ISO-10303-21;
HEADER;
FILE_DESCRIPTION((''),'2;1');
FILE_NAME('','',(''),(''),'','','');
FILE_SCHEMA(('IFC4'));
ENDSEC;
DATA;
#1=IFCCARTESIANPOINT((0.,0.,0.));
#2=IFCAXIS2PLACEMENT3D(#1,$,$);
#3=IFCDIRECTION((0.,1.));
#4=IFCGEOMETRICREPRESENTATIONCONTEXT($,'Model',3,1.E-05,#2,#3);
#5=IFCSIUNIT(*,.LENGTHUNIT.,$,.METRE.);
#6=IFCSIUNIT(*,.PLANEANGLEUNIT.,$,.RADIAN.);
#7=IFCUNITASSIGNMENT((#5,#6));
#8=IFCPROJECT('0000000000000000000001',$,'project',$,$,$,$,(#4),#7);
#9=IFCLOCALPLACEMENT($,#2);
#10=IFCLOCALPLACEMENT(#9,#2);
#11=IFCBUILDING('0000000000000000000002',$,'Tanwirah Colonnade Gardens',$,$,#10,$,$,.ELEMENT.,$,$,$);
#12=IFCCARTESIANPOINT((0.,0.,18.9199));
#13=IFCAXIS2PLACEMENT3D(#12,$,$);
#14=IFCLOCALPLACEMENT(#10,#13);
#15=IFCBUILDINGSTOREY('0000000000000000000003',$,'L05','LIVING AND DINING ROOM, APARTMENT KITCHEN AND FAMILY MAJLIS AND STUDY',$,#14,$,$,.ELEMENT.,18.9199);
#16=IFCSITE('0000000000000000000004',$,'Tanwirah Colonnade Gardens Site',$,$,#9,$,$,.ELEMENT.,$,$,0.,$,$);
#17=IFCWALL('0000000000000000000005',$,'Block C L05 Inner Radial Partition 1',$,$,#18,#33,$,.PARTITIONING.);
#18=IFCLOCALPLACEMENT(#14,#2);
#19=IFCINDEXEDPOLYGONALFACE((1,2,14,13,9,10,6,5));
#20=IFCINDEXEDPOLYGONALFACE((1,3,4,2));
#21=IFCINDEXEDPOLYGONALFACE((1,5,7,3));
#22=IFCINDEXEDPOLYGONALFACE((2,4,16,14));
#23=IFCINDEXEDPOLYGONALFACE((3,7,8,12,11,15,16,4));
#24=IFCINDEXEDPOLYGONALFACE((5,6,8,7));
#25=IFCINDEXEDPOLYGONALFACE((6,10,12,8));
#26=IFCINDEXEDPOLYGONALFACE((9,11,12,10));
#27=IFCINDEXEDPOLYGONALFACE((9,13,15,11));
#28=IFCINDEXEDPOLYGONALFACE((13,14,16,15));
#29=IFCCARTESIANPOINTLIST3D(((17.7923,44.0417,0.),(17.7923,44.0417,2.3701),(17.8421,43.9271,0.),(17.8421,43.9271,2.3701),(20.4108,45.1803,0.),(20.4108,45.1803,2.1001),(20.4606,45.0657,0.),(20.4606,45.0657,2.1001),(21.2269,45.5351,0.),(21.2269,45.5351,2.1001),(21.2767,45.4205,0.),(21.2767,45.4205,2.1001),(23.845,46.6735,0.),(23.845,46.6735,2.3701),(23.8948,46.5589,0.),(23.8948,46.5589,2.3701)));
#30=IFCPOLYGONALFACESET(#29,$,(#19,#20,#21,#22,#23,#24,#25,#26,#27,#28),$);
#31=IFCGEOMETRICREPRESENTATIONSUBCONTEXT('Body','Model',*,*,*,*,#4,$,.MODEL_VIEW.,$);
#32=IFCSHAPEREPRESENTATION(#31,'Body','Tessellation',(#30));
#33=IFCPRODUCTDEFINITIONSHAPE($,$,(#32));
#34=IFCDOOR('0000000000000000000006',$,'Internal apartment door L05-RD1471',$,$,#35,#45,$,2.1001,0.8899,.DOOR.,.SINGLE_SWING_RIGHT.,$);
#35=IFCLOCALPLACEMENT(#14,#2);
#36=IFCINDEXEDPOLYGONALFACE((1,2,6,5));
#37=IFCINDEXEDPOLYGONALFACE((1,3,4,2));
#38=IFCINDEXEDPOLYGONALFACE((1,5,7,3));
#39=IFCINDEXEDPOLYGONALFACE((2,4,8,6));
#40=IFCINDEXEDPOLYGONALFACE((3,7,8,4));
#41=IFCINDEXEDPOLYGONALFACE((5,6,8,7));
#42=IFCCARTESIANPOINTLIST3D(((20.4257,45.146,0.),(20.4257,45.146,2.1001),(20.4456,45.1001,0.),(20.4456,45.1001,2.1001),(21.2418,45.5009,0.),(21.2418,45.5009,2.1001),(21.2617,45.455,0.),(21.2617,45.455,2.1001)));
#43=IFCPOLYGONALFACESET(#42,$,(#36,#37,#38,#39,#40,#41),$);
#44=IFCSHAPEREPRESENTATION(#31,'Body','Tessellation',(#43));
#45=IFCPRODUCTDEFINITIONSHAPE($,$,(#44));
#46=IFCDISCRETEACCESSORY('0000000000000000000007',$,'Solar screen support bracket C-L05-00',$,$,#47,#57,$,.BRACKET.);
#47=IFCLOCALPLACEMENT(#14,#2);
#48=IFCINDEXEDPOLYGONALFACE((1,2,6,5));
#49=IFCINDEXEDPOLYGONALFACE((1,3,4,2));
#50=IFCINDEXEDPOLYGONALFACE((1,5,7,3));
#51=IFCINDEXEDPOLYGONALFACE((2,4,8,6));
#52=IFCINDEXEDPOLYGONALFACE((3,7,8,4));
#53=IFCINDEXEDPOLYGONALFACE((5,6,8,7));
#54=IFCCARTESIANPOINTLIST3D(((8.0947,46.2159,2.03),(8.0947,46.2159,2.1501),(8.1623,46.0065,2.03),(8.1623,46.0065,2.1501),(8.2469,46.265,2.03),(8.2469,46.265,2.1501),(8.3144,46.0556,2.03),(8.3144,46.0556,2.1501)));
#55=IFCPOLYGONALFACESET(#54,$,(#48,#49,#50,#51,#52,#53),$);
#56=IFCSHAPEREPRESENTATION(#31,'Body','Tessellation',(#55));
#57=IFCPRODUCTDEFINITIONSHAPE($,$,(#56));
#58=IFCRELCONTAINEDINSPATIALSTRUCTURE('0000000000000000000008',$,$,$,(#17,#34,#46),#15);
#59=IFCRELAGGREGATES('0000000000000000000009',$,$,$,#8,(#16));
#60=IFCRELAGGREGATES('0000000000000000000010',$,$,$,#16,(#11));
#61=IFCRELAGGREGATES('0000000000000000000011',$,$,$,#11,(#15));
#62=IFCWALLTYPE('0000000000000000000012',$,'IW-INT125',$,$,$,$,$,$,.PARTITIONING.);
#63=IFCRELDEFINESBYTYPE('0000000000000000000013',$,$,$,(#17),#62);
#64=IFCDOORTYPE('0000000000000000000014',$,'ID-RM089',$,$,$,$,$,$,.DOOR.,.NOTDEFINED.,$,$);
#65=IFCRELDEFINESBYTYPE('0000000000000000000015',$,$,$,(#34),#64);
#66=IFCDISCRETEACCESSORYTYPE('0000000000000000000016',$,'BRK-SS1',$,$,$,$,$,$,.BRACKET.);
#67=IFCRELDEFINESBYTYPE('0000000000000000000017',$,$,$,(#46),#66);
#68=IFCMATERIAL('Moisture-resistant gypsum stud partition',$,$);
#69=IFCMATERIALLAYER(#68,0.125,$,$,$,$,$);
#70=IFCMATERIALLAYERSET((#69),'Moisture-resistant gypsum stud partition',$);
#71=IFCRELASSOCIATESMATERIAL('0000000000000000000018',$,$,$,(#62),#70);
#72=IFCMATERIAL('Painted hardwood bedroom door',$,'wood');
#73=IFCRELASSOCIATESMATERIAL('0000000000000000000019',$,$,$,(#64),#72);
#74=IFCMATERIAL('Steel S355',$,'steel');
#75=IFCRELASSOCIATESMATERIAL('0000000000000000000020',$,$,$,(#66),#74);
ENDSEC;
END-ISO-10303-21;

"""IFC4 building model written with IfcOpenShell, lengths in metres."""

from ifc_helpers import new_model, si_unit, direction, frame, frame_2d, origin, origin_2d, place, context, subcontext, project, spatial, rectangle, extrude, material, layer, layer_set, type_object, element, fill, save


model = new_model("IFC4")

# Units and contexts
model_context = context("Model", 3, precision=1e-05, world=origin(), true_north=direction((0.0, 1.0)))
body_context = subcontext(model_context, "Body", "Model", "MODEL_VIEW")
ifc_project = project(units=[si_unit("LENGTHUNIT", "METRE"), si_unit("PLANEANGLEUNIT", "RADIAN")], contexts=[model_context])

# Site, building, storey
site_placement = place(None, origin())
site = spatial("IfcSite", under=ifc_project, at=site_placement, Name="Tanwirah Colonnade Gardens Site", CompositionType="ELEMENT", RefElevation=0.0)
building_placement = place(site_placement, origin())
building = spatial("IfcBuilding", under=site, at=building_placement, Name="Tanwirah Colonnade Gardens", CompositionType="ELEMENT")
storey_placement = place(building_placement, frame((0.0, 0.0, 18.9199)))
storey = spatial("IfcBuildingStorey", under=building, at=storey_placement, Name="L05", Description="LIVING AND DINING ROOM, APARTMENT KITCHEN AND FAMILY MAJLIS AND STUDY", CompositionType="ELEMENT", Elevation=18.9199)

# Wall, opening, door
ifc_material_1 = material(Name="Moisture-resistant gypsum stud partition")
ifc_layer_1 = layer(ifc_material_1, 0.125)
ifc_layer_set_1 = layer_set([ifc_layer_1], Name="Moisture-resistant gypsum stud partition")
wall_type_1 = type_object("IfcWallType", Name="IW-INT125", PredefinedType="PARTITIONING", material=ifc_layer_set_1)
wall_1_placement = place(storey_placement, frame((23.8699, 46.6162, 0.0), z_axis=(0.0, 0.0, 1.0), x_axis=(-0.917058, -0.398753, 0.0)))
wall_1 = element("IfcWall", 1, at=wall_1_placement, inside=storey, type_object=wall_type_1, Name="Block C L05 Inner Radial Partition 1", PredefinedType="PARTITIONING", context=body_context, shape_type="SweptSolid", body=[
    extrude(rectangle(XDim=6.6001, YDim=0.125, at=frame_2d((3.3, 0.0))), origin(), (0.0, 0.0, 1.0), 2.3701),
])
opening_1_placement = place(wall_1_placement, frame((2.855, 0.0, 0.0)))
opening_1 = element("IfcOpeningElement", 2, at=opening_1_placement, cuts=wall_1, PredefinedType="OPENING", context=body_context, shape_type="SweptSolid", body=[
    extrude(rectangle(XDim=0.8899, YDim=2.1001, at=frame_2d((0.4448, 1.05))), frame((0.0, 0.0725, 0.0), z_axis=(0.0, -1.0, 0.0), x_axis=(1.0, 0.0, 0.0)), (0.0, 0.0, 1.0), 0.145),
])
ifc_material_2 = material(Name="Painted hardwood bedroom door", Category="wood")
door_type_1 = type_object("IfcDoorType", Name="ID-RM089", OperationType="NOTDEFINED", PredefinedType="DOOR", material=ifc_material_2)
door_1_placement = place(opening_1_placement, origin())
door_1 = element("IfcDoor", 3, at=door_1_placement, inside=storey, type_object=door_type_1, Name="Internal apartment door L05-RD1471", OperationType="SINGLE_SWING_RIGHT", OverallHeight=2.1001, OverallWidth=0.8899, PredefinedType="DOOR", context=body_context, shape_type="SweptSolid", body=[
    extrude(rectangle(XDim=0.8899, YDim=2.1001, at=frame_2d((0.4448, 1.05))), frame((0.0, 0.0249, 0.0), z_axis=(0.0, -1.0, 0.0), x_axis=(1.0, 0.0, 0.0)), (0.0, 0.0, 1.0), 0.05),
])
fill(opening_1, door_1)

# Discrete accessory
ifc_material_3 = material(Name="Steel S355", Category="steel")
discrete_accessory_type = type_object("IfcDiscreteAccessoryType", Name="BRK-SS1", PredefinedType="BRACKET", material=ifc_material_3)
discrete_accessory_placement = place(storey_placement, frame((8.2046, 46.1357, 2.03), z_axis=(0.0, 0.0, 1.0), x_axis=(0.306943, -0.951728, 0.0)))
element("IfcDiscreteAccessory", 4, at=discrete_accessory_placement, inside=storey, type_object=discrete_accessory_type, Name="Solar screen support bracket C-L05-00", PredefinedType="BRACKET", context=body_context, shape_type="SweptSolid", body=[
    extrude(rectangle(XDim=0.22, YDim=0.1599, at=origin_2d()), origin(), (0.0, 0.0, 1.0), 0.1201),
])

save(model, "model.ifc")
